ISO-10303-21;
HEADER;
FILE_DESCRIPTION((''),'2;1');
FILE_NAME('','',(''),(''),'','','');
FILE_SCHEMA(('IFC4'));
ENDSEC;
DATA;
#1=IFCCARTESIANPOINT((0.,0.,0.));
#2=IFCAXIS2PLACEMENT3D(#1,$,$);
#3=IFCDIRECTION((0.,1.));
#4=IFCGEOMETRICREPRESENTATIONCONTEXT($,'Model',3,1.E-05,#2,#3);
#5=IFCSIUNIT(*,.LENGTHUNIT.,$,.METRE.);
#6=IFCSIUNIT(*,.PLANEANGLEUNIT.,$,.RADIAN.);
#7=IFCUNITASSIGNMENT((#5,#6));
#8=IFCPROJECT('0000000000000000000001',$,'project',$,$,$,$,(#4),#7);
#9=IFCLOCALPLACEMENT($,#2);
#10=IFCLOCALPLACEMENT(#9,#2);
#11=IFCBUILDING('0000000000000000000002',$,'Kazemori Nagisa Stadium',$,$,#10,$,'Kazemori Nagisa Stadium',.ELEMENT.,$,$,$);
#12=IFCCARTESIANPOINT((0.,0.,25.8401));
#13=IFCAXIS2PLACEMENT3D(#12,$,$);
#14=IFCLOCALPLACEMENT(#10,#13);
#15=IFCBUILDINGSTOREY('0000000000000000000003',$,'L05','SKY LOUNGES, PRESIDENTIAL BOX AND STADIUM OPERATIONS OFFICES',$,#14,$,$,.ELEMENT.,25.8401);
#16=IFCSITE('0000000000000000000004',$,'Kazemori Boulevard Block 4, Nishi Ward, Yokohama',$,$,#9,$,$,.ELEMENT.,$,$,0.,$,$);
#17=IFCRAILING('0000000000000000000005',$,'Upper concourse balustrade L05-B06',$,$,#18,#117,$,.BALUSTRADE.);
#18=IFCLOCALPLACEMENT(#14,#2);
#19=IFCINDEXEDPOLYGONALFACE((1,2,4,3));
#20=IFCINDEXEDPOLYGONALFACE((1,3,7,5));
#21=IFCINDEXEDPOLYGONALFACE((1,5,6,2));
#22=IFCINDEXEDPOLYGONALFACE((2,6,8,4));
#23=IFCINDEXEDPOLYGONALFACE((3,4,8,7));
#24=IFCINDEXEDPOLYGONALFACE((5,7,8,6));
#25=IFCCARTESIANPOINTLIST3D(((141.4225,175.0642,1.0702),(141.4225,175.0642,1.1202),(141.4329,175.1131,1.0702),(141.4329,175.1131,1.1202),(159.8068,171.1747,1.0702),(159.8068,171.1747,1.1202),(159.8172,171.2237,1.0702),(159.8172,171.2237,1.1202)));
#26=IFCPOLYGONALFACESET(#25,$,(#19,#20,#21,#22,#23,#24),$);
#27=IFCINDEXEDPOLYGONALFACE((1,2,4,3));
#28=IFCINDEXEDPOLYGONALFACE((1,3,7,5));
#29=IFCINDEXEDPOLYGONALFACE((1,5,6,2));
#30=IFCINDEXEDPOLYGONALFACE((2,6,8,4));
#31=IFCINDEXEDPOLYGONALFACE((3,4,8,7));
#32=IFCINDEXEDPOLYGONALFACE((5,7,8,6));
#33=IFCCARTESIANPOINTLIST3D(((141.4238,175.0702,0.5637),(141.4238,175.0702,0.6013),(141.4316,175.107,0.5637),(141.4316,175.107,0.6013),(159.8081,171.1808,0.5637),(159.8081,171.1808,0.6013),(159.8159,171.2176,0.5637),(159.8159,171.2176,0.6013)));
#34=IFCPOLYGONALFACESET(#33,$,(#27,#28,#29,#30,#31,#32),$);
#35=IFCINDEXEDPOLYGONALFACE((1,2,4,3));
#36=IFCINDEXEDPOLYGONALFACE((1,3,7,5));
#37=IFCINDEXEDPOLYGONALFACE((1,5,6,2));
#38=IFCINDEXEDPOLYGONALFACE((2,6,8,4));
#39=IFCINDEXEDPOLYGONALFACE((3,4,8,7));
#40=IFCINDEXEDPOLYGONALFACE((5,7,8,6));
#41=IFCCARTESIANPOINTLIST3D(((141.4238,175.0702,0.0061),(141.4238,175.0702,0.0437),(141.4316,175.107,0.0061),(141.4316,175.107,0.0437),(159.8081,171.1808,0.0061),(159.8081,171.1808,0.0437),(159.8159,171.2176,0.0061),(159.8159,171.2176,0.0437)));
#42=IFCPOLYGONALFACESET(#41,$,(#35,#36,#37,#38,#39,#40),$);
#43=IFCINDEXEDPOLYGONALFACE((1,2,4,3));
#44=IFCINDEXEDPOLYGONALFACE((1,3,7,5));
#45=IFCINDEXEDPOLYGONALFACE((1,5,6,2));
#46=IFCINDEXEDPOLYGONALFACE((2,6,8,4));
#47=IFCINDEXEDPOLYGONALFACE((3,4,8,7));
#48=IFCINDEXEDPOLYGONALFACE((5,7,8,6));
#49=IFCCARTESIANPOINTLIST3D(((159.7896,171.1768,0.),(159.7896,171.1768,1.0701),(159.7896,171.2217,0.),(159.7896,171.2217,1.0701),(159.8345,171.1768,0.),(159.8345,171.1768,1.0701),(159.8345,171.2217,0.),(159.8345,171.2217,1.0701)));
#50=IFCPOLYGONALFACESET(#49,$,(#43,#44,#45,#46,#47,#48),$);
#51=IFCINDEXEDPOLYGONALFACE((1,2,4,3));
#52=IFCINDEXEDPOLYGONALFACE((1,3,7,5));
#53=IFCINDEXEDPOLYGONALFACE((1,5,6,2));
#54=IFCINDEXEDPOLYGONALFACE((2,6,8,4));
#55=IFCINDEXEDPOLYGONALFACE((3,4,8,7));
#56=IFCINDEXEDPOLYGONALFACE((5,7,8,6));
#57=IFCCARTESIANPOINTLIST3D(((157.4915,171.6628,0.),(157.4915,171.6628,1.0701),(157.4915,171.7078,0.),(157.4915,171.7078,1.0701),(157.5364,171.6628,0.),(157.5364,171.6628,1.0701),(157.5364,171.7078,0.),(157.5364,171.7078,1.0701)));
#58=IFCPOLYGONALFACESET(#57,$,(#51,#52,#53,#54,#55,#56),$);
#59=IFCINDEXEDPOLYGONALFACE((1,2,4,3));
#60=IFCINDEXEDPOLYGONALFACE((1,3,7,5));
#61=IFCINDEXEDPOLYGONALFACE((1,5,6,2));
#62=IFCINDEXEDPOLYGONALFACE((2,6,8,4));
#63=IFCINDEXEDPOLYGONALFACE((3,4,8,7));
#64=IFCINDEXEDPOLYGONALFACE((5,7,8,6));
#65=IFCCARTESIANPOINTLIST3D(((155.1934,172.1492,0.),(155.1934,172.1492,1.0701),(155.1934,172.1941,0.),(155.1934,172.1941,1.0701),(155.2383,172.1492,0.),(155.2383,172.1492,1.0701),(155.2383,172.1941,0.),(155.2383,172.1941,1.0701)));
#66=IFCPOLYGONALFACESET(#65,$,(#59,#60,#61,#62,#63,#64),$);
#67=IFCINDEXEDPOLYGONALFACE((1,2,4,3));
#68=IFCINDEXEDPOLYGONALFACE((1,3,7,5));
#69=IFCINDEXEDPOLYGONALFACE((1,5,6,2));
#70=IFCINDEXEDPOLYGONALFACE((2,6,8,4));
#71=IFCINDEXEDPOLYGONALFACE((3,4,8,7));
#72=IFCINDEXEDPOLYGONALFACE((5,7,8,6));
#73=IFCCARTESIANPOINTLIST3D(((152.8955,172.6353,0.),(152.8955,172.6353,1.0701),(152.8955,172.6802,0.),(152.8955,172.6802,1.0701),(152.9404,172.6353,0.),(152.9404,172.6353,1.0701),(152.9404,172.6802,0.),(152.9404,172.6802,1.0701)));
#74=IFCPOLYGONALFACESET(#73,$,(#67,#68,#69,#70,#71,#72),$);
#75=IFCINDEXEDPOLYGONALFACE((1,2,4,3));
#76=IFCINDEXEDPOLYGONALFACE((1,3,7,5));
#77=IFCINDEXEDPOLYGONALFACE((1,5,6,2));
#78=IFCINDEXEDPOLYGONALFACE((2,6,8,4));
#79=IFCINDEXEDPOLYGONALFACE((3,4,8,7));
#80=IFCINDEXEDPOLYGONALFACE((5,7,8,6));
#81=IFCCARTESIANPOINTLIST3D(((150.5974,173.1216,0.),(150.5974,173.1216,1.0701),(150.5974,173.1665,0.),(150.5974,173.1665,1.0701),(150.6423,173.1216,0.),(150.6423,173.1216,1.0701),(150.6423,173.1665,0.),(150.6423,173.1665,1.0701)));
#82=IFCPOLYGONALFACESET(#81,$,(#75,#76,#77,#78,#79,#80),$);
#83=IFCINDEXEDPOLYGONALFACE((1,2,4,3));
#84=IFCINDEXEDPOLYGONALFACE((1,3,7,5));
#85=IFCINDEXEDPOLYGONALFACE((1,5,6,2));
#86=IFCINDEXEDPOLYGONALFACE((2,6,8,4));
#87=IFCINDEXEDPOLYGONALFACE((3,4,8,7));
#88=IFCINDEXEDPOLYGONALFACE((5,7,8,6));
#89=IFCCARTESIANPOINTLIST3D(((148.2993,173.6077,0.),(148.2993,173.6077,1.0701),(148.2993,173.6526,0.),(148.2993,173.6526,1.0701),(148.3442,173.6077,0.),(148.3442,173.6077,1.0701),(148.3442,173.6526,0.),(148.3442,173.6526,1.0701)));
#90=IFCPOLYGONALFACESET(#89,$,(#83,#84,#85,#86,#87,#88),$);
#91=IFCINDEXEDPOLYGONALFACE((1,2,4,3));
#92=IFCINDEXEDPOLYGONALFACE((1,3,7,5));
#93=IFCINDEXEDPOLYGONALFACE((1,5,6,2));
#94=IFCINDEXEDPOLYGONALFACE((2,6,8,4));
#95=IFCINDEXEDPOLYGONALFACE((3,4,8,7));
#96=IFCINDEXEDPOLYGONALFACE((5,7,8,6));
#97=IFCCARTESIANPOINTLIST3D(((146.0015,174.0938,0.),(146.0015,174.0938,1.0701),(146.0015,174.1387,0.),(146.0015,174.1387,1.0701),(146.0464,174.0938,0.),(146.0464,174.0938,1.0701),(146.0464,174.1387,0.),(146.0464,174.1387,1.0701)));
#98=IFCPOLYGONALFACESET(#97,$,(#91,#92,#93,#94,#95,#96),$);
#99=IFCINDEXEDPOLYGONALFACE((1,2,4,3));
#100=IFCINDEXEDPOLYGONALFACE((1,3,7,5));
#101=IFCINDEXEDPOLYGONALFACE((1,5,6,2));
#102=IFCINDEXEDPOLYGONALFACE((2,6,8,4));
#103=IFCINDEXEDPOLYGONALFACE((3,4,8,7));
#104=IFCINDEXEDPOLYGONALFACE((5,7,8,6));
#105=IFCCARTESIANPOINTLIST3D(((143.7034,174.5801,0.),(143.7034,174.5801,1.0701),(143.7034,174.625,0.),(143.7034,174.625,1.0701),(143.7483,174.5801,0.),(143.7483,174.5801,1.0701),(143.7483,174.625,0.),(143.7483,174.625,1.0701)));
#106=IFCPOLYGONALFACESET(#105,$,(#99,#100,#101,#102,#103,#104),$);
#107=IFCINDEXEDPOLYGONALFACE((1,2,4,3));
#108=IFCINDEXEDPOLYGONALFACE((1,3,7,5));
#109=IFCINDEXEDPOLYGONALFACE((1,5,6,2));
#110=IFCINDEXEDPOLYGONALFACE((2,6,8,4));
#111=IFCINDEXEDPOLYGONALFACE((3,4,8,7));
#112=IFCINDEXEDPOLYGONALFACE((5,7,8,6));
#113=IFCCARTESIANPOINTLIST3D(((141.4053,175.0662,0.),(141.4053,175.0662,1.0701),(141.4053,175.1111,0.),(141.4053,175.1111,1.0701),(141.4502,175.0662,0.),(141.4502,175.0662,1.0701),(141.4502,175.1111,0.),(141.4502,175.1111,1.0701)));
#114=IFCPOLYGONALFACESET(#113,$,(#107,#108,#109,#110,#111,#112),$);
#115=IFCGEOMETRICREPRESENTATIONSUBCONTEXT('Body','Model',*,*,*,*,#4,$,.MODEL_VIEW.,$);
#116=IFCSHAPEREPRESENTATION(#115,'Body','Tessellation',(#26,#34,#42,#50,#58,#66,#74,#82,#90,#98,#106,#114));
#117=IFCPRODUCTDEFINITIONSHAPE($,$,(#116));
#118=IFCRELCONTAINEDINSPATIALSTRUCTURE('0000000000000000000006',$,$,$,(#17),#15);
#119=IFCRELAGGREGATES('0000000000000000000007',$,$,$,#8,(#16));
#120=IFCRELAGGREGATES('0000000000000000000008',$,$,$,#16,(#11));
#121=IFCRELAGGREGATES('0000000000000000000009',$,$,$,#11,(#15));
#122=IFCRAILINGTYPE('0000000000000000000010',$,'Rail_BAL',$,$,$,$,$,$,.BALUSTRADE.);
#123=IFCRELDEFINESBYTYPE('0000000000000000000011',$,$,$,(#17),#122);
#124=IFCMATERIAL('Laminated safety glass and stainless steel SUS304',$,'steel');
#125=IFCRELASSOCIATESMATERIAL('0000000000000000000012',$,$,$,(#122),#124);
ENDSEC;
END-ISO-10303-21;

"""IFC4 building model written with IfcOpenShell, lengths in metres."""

from ifc_helpers import new_model, si_unit, direction, frame, origin, origin_2d, place, context, subcontext, project, spatial, rectangle, extrude, material, type_object, element, save


model = new_model("IFC4")

# Units and contexts
model_context = context("Model", 3, precision=1e-05, world=origin(), true_north=direction((0.0, 1.0)))
body_context = subcontext(model_context, "Body", "Model", "MODEL_VIEW")
ifc_project = project(units=[si_unit("LENGTHUNIT", "METRE"), si_unit("PLANEANGLEUNIT", "RADIAN")], contexts=[model_context])

# Site, building, storey
site_placement = place(None, origin())
site = spatial("IfcSite", under=ifc_project, at=site_placement, Name="Kazemori Boulevard Block 4, Nishi Ward, Yokohama", CompositionType="ELEMENT", RefElevation=0.0)
building_placement = place(site_placement, origin())
building = spatial("IfcBuilding", under=site, at=building_placement, Name="Kazemori Nagisa Stadium", LongName="Kazemori Nagisa Stadium", CompositionType="ELEMENT")
storey_placement = place(building_placement, frame((0.0, 0.0, 25.8401)))
storey = spatial("IfcBuildingStorey", under=building, at=storey_placement, Name="L05", Description="SKY LOUNGES, PRESIDENTIAL BOX AND STADIUM OPERATIONS OFFICES", CompositionType="ELEMENT", Elevation=25.8401)

# Railing
ifc_material_1 = material(Name="Laminated safety glass and stainless steel SUS304", Category="steel")
railing_type_1 = type_object("IfcRailingType", Name="Rail_BAL", PredefinedType="BALUSTRADE", material=ifc_material_1)
railing_1_placement = place(storey_placement, frame((159.812, 171.1992, 0.0)))
element("IfcRailing", 1, at=railing_1_placement, inside=storey, type_object=railing_type_1, Name="Upper concourse balustrade L05-B06", PredefinedType="BALUSTRADE", context=body_context, shape_type="SweptSolid", body=[
    extrude(rectangle(XDim=0.05, YDim=0.05, at=origin_2d()), frame((0.0, 0.0, 1.0952), z_axis=(-0.978345, 0.20698, 0.0), x_axis=(-0.20698, -0.978345, 0.0)), (0.0, 0.0, 1.0), 18.7913),
    extrude(rectangle(XDim=0.0376, YDim=0.0376, at=origin_2d()), frame((0.0, 0.0, 0.5825), z_axis=(-0.978345, 0.20698, 0.0), x_axis=(-0.20698, -0.978345, 0.0)), (0.0, 0.0, 1.0), 18.7913),
    extrude(rectangle(XDim=0.0376, YDim=0.0376, at=origin_2d()), frame((0.0, 0.0, 0.0249), z_axis=(-0.978345, 0.20698, 0.0), x_axis=(-0.20698, -0.978345, 0.0)), (0.0, 0.0, 1.0), 18.7913),
    extrude(rectangle(XDim=0.0449, YDim=0.0449, at=origin_2d()), origin(), (0.0, 0.0, 1.0), 1.0701),
    extrude(rectangle(XDim=0.0449, YDim=0.0449, at=origin_2d()), frame((-2.2981, 0.4861, 0.0)), (0.0, 0.0, 1.0), 1.0701),
    extrude(rectangle(XDim=0.0449, YDim=0.0449, at=origin_2d()), frame((-4.5962, 0.9724, 0.0)), (0.0, 0.0, 1.0), 1.0701),
    extrude(rectangle(XDim=0.0449, YDim=0.0449, at=origin_2d()), frame((-6.894, 1.4585, 0.0)), (0.0, 0.0, 1.0), 1.0701),
    extrude(rectangle(XDim=0.0449, YDim=0.0449, at=origin_2d()), frame((-9.1921, 1.9448, 0.0)), (0.0, 0.0, 1.0), 1.0701),
    extrude(rectangle(XDim=0.0449, YDim=0.0449, at=origin_2d()), frame((-11.4902, 2.4309, 0.0)), (0.0, 0.0, 1.0), 1.0701),
    extrude(rectangle(XDim=0.0449, YDim=0.0449, at=origin_2d()), frame((-13.7881, 2.917, 0.0)), (0.0, 0.0, 1.0), 1.0701),
    extrude(rectangle(XDim=0.0449, YDim=0.0449, at=origin_2d()), frame((-16.0862, 3.4033, 0.0)), (0.0, 0.0, 1.0), 1.0701),
    extrude(rectangle(XDim=0.0449, YDim=0.0449, at=origin_2d()), frame((-18.3843, 3.8894, 0.0)), (0.0, 0.0, 1.0), 1.0701),
])

save(model, "model.ifc")
